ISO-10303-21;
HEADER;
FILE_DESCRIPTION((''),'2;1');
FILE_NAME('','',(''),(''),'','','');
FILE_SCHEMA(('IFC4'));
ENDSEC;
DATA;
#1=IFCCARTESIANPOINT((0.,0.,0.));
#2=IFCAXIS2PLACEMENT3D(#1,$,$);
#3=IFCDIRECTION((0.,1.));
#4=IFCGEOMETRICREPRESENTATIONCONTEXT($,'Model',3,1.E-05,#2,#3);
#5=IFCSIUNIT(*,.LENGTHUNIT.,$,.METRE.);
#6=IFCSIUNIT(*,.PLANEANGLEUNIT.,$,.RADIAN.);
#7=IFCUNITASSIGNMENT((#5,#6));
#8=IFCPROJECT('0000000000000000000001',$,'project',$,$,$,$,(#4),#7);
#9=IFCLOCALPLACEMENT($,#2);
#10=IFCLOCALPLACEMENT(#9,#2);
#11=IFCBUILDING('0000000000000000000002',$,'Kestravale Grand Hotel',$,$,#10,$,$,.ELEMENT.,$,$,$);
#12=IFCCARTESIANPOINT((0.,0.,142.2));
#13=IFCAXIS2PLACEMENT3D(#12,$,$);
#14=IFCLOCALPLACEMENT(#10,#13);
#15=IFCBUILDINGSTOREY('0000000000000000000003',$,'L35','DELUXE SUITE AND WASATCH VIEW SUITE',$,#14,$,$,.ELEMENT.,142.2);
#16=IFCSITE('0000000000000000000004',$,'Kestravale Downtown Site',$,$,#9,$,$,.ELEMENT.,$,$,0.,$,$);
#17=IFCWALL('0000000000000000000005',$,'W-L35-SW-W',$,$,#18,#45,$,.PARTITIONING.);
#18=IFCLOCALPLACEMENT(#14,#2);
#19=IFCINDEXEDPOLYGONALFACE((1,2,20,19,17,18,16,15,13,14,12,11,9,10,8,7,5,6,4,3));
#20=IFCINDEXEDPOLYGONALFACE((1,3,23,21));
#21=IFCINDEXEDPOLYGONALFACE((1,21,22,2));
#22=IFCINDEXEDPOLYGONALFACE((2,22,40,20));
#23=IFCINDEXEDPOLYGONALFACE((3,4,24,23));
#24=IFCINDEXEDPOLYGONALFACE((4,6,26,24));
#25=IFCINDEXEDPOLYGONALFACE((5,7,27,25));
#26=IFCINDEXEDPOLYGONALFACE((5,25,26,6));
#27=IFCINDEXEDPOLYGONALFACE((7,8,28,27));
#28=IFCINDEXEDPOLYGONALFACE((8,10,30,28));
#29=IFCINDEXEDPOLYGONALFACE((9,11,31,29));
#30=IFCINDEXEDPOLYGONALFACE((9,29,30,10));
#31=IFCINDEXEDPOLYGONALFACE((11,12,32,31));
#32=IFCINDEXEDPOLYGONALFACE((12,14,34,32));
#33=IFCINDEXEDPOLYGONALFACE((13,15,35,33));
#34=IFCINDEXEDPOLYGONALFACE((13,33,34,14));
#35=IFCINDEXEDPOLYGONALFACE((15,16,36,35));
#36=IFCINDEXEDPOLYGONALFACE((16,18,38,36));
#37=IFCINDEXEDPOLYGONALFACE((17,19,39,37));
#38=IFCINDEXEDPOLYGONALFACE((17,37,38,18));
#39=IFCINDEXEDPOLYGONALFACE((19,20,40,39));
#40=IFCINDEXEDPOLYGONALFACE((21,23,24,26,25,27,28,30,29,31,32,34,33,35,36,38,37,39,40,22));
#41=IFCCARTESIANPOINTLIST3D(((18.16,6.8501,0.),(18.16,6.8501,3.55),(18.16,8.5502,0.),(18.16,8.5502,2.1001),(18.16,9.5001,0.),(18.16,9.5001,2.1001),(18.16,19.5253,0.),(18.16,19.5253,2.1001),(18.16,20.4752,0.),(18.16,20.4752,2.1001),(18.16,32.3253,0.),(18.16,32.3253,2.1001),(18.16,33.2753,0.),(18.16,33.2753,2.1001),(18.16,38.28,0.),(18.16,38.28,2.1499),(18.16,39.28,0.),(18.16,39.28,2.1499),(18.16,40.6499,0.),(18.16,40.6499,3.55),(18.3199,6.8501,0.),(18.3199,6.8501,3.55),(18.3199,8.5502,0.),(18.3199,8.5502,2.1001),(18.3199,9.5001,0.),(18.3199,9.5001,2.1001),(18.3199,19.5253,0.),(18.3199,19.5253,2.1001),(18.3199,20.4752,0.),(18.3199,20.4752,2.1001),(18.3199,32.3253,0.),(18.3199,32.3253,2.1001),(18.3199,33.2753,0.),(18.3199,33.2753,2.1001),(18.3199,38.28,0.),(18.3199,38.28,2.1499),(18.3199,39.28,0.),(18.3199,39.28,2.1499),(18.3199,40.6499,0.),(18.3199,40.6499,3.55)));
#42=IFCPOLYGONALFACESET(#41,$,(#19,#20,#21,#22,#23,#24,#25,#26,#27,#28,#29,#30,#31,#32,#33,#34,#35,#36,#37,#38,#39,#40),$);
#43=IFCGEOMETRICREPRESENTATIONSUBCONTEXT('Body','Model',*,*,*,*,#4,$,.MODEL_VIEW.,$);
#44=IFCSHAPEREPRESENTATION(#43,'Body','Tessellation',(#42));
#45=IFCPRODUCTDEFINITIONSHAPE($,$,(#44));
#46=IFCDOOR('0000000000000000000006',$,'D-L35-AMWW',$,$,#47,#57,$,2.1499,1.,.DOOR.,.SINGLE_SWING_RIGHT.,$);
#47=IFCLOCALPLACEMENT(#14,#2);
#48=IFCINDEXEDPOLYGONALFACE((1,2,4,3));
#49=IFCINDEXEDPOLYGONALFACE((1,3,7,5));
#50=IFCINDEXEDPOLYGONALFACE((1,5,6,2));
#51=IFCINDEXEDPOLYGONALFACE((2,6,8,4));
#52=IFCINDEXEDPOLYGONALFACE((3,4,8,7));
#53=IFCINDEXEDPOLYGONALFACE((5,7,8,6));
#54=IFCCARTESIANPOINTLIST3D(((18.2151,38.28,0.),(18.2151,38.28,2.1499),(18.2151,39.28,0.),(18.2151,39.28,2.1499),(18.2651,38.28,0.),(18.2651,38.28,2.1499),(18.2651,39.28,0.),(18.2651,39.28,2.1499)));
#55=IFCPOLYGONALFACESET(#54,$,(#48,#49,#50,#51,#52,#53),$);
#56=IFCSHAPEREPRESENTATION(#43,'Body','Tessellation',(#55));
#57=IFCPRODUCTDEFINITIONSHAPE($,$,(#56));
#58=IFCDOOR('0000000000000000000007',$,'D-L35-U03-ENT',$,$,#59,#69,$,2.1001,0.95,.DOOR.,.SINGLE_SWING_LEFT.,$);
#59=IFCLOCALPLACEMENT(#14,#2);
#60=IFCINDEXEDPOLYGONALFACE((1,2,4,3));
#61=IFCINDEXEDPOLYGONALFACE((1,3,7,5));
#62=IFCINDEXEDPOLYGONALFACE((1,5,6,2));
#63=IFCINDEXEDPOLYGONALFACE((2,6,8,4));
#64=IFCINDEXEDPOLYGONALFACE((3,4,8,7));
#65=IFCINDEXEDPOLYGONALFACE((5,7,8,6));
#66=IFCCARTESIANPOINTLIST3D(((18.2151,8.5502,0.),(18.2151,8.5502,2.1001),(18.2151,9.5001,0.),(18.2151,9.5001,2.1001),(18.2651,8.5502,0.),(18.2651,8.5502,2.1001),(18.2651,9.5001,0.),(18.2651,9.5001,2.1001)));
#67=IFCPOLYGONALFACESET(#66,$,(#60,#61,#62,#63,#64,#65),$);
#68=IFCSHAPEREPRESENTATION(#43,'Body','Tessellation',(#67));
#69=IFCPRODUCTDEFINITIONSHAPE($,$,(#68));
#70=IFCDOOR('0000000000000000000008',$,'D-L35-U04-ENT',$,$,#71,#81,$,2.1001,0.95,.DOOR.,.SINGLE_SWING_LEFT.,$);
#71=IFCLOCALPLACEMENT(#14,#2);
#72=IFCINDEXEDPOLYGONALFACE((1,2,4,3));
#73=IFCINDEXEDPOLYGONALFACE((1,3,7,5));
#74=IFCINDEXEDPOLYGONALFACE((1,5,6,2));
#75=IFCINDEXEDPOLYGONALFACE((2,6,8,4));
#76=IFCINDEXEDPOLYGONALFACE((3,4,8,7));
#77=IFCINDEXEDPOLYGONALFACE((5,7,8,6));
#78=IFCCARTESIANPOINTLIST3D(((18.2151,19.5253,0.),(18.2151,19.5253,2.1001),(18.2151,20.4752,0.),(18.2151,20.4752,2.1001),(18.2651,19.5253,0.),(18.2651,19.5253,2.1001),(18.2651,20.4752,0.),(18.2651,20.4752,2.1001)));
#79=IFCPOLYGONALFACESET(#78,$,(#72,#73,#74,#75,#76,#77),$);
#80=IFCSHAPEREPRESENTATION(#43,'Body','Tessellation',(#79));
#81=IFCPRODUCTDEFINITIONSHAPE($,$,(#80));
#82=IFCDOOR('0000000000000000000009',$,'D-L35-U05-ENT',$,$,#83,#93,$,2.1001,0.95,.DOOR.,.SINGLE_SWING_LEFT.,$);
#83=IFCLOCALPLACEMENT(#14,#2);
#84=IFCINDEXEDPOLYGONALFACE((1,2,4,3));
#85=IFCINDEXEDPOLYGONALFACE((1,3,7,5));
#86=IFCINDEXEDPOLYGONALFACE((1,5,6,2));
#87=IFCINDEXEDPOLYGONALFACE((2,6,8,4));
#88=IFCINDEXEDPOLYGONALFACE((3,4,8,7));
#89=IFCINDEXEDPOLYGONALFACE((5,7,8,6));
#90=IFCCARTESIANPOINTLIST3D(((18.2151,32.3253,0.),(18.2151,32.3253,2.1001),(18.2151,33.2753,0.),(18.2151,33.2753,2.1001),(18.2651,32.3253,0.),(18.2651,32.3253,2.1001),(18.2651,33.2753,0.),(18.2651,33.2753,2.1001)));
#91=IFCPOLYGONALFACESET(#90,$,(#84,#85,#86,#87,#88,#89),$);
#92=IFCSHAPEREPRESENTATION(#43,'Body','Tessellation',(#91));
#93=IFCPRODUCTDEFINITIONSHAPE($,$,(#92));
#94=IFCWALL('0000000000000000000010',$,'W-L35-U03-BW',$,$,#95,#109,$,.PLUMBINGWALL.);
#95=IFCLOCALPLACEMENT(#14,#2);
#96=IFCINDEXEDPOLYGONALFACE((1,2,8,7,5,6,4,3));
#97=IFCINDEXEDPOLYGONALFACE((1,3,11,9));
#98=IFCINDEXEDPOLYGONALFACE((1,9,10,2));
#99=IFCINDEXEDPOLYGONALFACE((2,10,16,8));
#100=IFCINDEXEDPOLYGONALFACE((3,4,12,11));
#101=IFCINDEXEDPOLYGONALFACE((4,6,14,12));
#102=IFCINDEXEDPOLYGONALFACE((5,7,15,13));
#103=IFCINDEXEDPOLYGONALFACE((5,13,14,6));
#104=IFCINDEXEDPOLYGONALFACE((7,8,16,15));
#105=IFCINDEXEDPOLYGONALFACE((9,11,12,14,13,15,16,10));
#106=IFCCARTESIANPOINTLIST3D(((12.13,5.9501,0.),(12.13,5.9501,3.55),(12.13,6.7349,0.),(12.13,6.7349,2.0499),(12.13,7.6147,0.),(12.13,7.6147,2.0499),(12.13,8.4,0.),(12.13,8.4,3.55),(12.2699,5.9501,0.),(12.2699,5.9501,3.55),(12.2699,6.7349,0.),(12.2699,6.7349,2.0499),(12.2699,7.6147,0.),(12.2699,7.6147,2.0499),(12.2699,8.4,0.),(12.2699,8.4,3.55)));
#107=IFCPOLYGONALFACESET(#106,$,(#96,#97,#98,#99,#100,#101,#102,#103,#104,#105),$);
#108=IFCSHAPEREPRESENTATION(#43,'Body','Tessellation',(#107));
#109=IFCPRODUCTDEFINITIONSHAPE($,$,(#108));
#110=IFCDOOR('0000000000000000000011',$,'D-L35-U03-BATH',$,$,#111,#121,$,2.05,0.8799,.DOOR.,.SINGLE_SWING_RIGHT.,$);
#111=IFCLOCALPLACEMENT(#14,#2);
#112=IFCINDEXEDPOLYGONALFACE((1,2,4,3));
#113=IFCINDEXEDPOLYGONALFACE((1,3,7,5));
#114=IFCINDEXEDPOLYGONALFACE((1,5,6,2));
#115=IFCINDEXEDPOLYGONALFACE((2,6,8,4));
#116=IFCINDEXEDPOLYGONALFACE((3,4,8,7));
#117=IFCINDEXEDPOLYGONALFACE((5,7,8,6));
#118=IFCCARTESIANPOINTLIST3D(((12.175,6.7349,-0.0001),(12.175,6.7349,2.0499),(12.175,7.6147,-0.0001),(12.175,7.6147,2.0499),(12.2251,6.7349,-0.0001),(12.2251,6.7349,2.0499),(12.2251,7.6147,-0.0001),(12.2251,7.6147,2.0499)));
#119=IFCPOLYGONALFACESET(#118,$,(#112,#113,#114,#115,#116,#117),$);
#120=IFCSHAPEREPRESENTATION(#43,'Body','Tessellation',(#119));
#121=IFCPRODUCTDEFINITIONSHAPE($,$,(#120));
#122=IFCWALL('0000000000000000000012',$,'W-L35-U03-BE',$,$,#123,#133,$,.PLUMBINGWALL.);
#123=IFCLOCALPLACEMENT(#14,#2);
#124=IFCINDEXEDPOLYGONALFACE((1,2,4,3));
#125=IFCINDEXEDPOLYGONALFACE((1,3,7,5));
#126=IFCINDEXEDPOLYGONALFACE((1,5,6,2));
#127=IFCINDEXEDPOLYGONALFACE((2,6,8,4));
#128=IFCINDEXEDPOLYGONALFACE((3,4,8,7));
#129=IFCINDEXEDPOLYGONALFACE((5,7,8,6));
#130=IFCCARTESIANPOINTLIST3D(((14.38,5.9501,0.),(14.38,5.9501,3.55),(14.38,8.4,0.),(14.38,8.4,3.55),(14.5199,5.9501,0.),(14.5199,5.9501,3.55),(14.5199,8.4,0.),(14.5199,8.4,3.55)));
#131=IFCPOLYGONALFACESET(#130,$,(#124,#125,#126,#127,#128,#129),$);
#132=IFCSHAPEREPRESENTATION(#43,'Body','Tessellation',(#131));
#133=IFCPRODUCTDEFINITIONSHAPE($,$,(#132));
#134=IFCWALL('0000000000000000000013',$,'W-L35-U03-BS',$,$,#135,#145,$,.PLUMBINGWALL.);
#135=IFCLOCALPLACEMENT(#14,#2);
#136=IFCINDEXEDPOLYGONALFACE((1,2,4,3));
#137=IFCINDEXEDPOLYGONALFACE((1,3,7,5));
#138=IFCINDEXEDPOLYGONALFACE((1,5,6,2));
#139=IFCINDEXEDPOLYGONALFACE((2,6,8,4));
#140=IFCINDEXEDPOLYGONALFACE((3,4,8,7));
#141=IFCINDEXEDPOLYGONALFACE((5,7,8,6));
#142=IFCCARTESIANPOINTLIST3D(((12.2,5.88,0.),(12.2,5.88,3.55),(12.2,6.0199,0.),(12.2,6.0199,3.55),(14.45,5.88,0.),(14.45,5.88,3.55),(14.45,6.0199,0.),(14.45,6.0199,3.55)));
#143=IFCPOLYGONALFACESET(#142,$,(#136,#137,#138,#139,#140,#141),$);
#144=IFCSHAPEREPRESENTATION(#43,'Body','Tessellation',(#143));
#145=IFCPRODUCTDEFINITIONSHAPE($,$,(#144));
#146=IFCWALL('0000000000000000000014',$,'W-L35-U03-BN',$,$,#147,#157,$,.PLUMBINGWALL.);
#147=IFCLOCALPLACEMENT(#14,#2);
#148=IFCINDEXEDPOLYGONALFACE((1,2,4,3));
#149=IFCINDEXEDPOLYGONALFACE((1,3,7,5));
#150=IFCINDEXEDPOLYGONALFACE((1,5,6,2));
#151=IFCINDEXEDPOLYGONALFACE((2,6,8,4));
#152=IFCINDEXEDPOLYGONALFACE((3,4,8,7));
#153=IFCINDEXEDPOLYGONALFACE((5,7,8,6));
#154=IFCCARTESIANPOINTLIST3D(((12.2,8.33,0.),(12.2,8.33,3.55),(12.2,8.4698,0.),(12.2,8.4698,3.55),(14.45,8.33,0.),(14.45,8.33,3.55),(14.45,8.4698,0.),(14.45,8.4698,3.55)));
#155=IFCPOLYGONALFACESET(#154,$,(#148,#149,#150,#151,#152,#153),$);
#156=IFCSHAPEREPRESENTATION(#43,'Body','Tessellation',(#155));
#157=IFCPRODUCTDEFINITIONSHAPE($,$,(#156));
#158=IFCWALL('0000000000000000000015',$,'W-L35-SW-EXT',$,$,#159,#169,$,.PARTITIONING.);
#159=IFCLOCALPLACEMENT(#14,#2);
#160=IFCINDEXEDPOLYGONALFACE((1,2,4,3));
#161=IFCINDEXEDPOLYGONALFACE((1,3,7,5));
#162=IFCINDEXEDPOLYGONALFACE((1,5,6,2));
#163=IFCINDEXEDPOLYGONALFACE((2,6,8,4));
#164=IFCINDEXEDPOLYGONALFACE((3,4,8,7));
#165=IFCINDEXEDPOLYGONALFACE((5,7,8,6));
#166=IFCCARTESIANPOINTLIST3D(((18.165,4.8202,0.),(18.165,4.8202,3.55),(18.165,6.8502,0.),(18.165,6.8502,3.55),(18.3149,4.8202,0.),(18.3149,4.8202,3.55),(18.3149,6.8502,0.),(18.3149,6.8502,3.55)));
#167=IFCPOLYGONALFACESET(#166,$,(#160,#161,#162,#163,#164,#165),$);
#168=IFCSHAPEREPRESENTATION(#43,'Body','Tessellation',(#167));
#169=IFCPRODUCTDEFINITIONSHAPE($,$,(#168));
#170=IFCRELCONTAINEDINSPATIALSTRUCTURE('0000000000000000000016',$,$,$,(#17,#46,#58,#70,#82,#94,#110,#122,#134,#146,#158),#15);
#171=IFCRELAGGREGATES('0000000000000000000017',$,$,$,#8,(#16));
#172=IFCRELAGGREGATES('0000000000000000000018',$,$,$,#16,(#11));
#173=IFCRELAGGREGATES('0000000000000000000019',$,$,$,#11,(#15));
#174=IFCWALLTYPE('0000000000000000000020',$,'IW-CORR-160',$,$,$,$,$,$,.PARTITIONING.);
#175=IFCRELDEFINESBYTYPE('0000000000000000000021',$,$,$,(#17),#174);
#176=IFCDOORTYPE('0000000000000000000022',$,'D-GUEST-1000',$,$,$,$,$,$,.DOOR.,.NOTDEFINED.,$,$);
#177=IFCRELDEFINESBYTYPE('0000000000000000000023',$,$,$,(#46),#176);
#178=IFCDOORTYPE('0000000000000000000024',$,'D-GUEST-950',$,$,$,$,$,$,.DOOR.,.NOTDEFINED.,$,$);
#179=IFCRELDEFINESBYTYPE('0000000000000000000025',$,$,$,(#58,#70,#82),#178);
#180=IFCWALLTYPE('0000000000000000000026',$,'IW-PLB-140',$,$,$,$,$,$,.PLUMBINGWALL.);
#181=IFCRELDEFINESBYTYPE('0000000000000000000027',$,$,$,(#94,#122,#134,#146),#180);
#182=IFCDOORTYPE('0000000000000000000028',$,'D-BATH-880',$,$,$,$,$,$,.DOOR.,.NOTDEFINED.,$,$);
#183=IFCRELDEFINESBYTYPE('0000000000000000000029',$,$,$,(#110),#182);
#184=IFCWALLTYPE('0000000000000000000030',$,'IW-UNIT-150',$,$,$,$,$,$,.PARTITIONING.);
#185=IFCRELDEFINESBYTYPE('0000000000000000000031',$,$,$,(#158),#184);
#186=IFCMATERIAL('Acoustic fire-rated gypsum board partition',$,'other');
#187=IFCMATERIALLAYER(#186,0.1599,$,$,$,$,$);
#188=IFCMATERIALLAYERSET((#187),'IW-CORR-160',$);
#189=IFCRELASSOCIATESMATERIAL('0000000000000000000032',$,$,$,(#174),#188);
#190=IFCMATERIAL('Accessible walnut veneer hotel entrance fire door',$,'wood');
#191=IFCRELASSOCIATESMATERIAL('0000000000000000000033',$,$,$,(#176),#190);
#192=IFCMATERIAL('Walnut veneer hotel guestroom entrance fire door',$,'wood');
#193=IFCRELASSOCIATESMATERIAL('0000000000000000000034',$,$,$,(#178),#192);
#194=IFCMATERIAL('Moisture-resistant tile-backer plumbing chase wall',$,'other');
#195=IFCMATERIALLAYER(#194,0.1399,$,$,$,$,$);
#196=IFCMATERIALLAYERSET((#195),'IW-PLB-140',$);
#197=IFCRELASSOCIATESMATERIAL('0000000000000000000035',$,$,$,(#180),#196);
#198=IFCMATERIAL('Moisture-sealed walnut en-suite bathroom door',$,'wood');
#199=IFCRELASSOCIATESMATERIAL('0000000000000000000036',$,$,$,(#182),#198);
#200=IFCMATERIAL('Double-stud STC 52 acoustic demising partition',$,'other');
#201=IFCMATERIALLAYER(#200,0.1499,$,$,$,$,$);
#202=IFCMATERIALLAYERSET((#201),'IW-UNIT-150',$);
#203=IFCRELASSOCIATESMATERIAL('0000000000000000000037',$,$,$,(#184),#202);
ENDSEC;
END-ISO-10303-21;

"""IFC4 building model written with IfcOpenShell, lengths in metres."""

from ifc_helpers import new_model, si_unit, direction, frame, frame_2d, origin, place, context, subcontext, project, spatial, rectangle, extrude, material, layer, layer_set, type_object, element, fill, save


model = new_model("IFC4")

# Units and contexts
model_context = context("Model", 3, precision=1e-05, world=origin(), true_north=direction((0.0, 1.0)))
body_context = subcontext(model_context, "Body", "Model", "MODEL_VIEW")
ifc_project = project(units=[si_unit("LENGTHUNIT", "METRE"), si_unit("PLANEANGLEUNIT", "RADIAN")], contexts=[model_context])

# Site, building, storey
site_placement = place(None, origin())
site = spatial("IfcSite", under=ifc_project, at=site_placement, Name="Kestravale Downtown Site", CompositionType="ELEMENT", RefElevation=0.0)
building_placement = place(site_placement, origin())
building = spatial("IfcBuilding", under=site, at=building_placement, Name="Kestravale Grand Hotel", CompositionType="ELEMENT")
storey_placement = place(building_placement, frame((0.0, 0.0, 142.2)))
storey = spatial("IfcBuildingStorey", under=building, at=storey_placement, Name="L35", Description="DELUXE SUITE AND WASATCH VIEW SUITE", CompositionType="ELEMENT", Elevation=142.2)

# Wall, openings, doors
ifc_material_1 = material(Name="Acoustic fire-rated gypsum board partition", Category="other")
ifc_layer_1 = layer(ifc_material_1, 0.1599)
ifc_layer_set_1 = layer_set([ifc_layer_1], Name="IW-CORR-160")
wall_type_1 = type_object("IfcWallType", Name="IW-CORR-160", PredefinedType="PARTITIONING", material=ifc_layer_set_1)
wall_1_placement = place(storey_placement, frame((18.24, 6.8501, 0.0), z_axis=(0.0, 0.0, 1.0), x_axis=(0.0, 1.0, 0.0)))
wall_1 = element("IfcWall", 1, at=wall_1_placement, inside=storey, type_object=wall_type_1, Name="W-L35-SW-W", PredefinedType="PARTITIONING", context=body_context, shape_type="SweptSolid", body=[
    extrude(rectangle(XDim=33.7998, YDim=0.1599, at=frame_2d((16.8999, 0.0))), origin(), (0.0, 0.0, 1.0), 3.55),
])
opening_1_placement = place(wall_1_placement, frame((1.7, 0.0, 0.0)))
opening_1 = element("IfcOpeningElement", 2, at=opening_1_placement, cuts=wall_1, PredefinedType="OPENING", context=body_context, shape_type="SweptSolid", body=[
    extrude(rectangle(XDim=0.95, YDim=2.1001, at=frame_2d((0.4751, 1.05))), frame((0.0, 0.0898, 0.0), z_axis=(0.0, -1.0, 0.0), x_axis=(1.0, 0.0, 0.0)), (0.0, 0.0, 1.0), 0.1799),
])
opening_2_placement = place(wall_1_placement, frame((12.675, 0.0, 0.0)))
opening_2 = element("IfcOpeningElement", 3, at=opening_2_placement, cuts=wall_1, PredefinedType="OPENING", context=body_context, shape_type="SweptSolid", body=[
    extrude(rectangle(XDim=0.95, YDim=2.1001, at=frame_2d((0.4751, 1.05))), frame((0.0, 0.0898, 0.0), z_axis=(0.0, -1.0, 0.0), x_axis=(1.0, 0.0, 0.0)), (0.0, 0.0, 1.0), 0.1799),
])
opening_3_placement = place(wall_1_placement, frame((25.4751, 0.0, 0.0)))
opening_3 = element("IfcOpeningElement", 4, at=opening_3_placement, cuts=wall_1, PredefinedType="OPENING", context=body_context, shape_type="SweptSolid", body=[
    extrude(rectangle(XDim=0.95, YDim=2.1001, at=frame_2d((0.4751, 1.05))), frame((0.0, 0.0898, 0.0), z_axis=(0.0, -1.0, 0.0), x_axis=(1.0, 0.0, 0.0)), (0.0, 0.0, 1.0), 0.1799),
])
opening_4_placement = place(wall_1_placement, frame((31.4299, 0.0, 0.0)))
opening_4 = element("IfcOpeningElement", 5, at=opening_4_placement, cuts=wall_1, PredefinedType="OPENING", context=body_context, shape_type="SweptSolid", body=[
    extrude(rectangle(XDim=1.0, YDim=2.1499, at=frame_2d((0.5, 1.075))), frame((0.0, 0.0898, 0.0), z_axis=(0.0, -1.0, 0.0), x_axis=(1.0, 0.0, 0.0)), (0.0, 0.0, 1.0), 0.1799),
])
ifc_material_2 = material(Name="Accessible walnut veneer hotel entrance fire door", Category="wood")
door_type_1 = type_object("IfcDoorType", Name="D-GUEST-1000", OperationType="NOTDEFINED", PredefinedType="DOOR", material=ifc_material_2)
door_1_placement = place(opening_4_placement, origin())
door_1 = element("IfcDoor", 6, at=door_1_placement, inside=storey, type_object=door_type_1, Name="D-L35-AMWW", OperationType="SINGLE_SWING_RIGHT", OverallHeight=2.1499, OverallWidth=1.0, PredefinedType="DOOR", context=body_context, shape_type="SweptSolid", body=[
    extrude(rectangle(XDim=1.0, YDim=2.1499, at=frame_2d((0.5, 1.075))), frame((0.0, 0.0249, 0.0), z_axis=(0.0, -1.0, 0.0), x_axis=(1.0, 0.0, 0.0)), (0.0, 0.0, 1.0), 0.05),
])
fill(opening_4, door_1)
ifc_material_3 = material(Name="Walnut veneer hotel guestroom entrance fire door", Category="wood")
door_type_2 = type_object("IfcDoorType", Name="D-GUEST-950", OperationType="NOTDEFINED", PredefinedType="DOOR", material=ifc_material_3)
door_2_placement = place(opening_1_placement, origin())
door_2 = element("IfcDoor", 7, at=door_2_placement, inside=storey, type_object=door_type_2, Name="D-L35-U03-ENT", OperationType="SINGLE_SWING_LEFT", OverallHeight=2.1001, OverallWidth=0.95, PredefinedType="DOOR", context=body_context, shape_type="SweptSolid", body=[
    extrude(rectangle(XDim=0.95, YDim=2.1001, at=frame_2d((0.4751, 1.05))), frame((0.0, 0.0249, 0.0), z_axis=(0.0, -1.0, 0.0), x_axis=(1.0, 0.0, 0.0)), (0.0, 0.0, 1.0), 0.05),
])
fill(opening_1, door_2)
door_3_placement = place(opening_2_placement, origin())
door_3 = element("IfcDoor", 8, at=door_3_placement, inside=storey, type_object=door_type_2, Name="D-L35-U04-ENT", OperationType="SINGLE_SWING_LEFT", OverallHeight=2.1001, OverallWidth=0.95, PredefinedType="DOOR", context=body_context, shape_type="SweptSolid", body=[
    extrude(rectangle(XDim=0.95, YDim=2.1001, at=frame_2d((0.4751, 1.05))), frame((0.0, 0.0249, 0.0), z_axis=(0.0, -1.0, 0.0), x_axis=(1.0, 0.0, 0.0)), (0.0, 0.0, 1.0), 0.05),
])
fill(opening_2, door_3)
door_4_placement = place(opening_3_placement, origin())
door_4 = element("IfcDoor", 9, at=door_4_placement, inside=storey, type_object=door_type_2, Name="D-L35-U05-ENT", OperationType="SINGLE_SWING_LEFT", OverallHeight=2.1001, OverallWidth=0.95, PredefinedType="DOOR", context=body_context, shape_type="SweptSolid", body=[
    extrude(rectangle(XDim=0.95, YDim=2.1001, at=frame_2d((0.4751, 1.05))), frame((0.0, 0.0249, 0.0), z_axis=(0.0, -1.0, 0.0), x_axis=(1.0, 0.0, 0.0)), (0.0, 0.0, 1.0), 0.05),
])
fill(opening_3, door_4)

# Wall, opening, door
ifc_material_4 = material(Name="Moisture-resistant tile-backer plumbing chase wall", Category="other")
ifc_layer_2 = layer(ifc_material_4, 0.1399)
ifc_layer_set_2 = layer_set([ifc_layer_2], Name="IW-PLB-140")
wall_type_2 = type_object("IfcWallType", Name="IW-PLB-140", PredefinedType="PLUMBINGWALL", material=ifc_layer_set_2)
wall_2_placement = place(storey_placement, frame((12.2, 5.95, 0.0), z_axis=(0.0, 0.0, 1.0), x_axis=(0.0, 1.0, 0.0)))
wall_2 = element("IfcWall", 10, at=wall_2_placement, inside=storey, type_object=wall_type_2, Name="W-L35-U03-BW", PredefinedType="PLUMBINGWALL", context=body_context, shape_type="SweptSolid", body=[
    extrude(rectangle(XDim=2.45, YDim=0.1399, at=frame_2d((1.2251, 0.0))), origin(), (0.0, 0.0, 1.0), 3.55),
])
opening_5_placement = place(wall_2_placement, frame((0.7849, 0.0, 0.0)))
opening_5 = element("IfcOpeningElement", 11, at=opening_5_placement, cuts=wall_2, PredefinedType="OPENING", context=body_context, shape_type="SweptSolid", body=[
    extrude(rectangle(XDim=0.8799, YDim=2.05, at=frame_2d((0.4399, 1.0249))), frame((0.0, 0.0798, 0.0), z_axis=(0.0, -1.0, 0.0), x_axis=(1.0, 0.0, 0.0)), (0.0, 0.0, 1.0), 0.1599),
])
ifc_material_5 = material(Name="Moisture-sealed walnut en-suite bathroom door", Category="wood")
door_type_3 = type_object("IfcDoorType", Name="D-BATH-880", OperationType="NOTDEFINED", PredefinedType="DOOR", material=ifc_material_5)
door_5_placement = place(opening_5_placement, origin())
door_5 = element("IfcDoor", 12, at=door_5_placement, inside=storey, type_object=door_type_3, Name="D-L35-U03-BATH", OperationType="SINGLE_SWING_RIGHT", OverallHeight=2.05, OverallWidth=0.8799, PredefinedType="DOOR", context=body_context, shape_type="SweptSolid", body=[
    extrude(rectangle(XDim=0.8799, YDim=2.05, at=frame_2d((0.4399, 1.0249))), frame((0.0, 0.0249, 0.0), z_axis=(0.0, -1.0, 0.0), x_axis=(1.0, 0.0, 0.0)), (0.0, 0.0, 1.0), 0.05),
])
fill(opening_5, door_5)

# Walls
wall_3_placement = place(storey_placement, frame((14.45, 5.95, 0.0), z_axis=(0.0, 0.0, 1.0), x_axis=(0.0, 1.0, 0.0)))
element("IfcWall", 13, at=wall_3_placement, inside=storey, type_object=wall_type_2, Name="W-L35-U03-BE", PredefinedType="PLUMBINGWALL", context=body_context, shape_type="SweptSolid", body=[
    extrude(rectangle(XDim=2.45, YDim=0.1399, at=frame_2d((1.2251, 0.0))), origin(), (0.0, 0.0, 1.0), 3.55),
])
for number, where, z_axis, x_axis, name in (
    (14, (12.2, 5.95, 0.0), (0.0, 0.0, 1.0), (1.0, 0.0, 0.0), "W-L35-U03-BS"),
    (15, (12.2, 8.3999, 0.0), (0.0, 0.0, 1.0), (1.0, 0.0, 0.0), "W-L35-U03-BN"),
):
    element("IfcWall", number, at=place(storey_placement, frame(where, z_axis=z_axis, x_axis=x_axis)), inside=storey, type_object=wall_type_2, Name=name, PredefinedType="PLUMBINGWALL", context=body_context, shape_type="SweptSolid", body=[
        extrude(rectangle(XDim=2.25, YDim=0.1399, at=frame_2d((1.125, 0.0))), origin(), (0.0, 0.0, 1.0), 3.55),
    ])
ifc_material_6 = material(Name="Double-stud STC 52 acoustic demising partition", Category="other")
ifc_layer_3 = layer(ifc_material_6, 0.1499)
ifc_layer_set_3 = layer_set([ifc_layer_3], Name="IW-UNIT-150")
wall_type_3 = type_object("IfcWallType", Name="IW-UNIT-150", PredefinedType="PARTITIONING", material=ifc_layer_set_3)
wall_4_placement = place(storey_placement, frame((18.24, 4.8201, 0.0), z_axis=(0.0, 0.0, 1.0), x_axis=(0.0, 1.0, 0.0)))
element("IfcWall", 16, at=wall_4_placement, inside=storey, type_object=wall_type_3, Name="W-L35-SW-EXT", PredefinedType="PARTITIONING", context=body_context, shape_type="SweptSolid", body=[
    extrude(rectangle(XDim=2.03, YDim=0.1499, at=frame_2d((1.0151, 0.0))), origin(), (0.0, 0.0, 1.0), 3.55),
])

save(model, "model.ifc")
